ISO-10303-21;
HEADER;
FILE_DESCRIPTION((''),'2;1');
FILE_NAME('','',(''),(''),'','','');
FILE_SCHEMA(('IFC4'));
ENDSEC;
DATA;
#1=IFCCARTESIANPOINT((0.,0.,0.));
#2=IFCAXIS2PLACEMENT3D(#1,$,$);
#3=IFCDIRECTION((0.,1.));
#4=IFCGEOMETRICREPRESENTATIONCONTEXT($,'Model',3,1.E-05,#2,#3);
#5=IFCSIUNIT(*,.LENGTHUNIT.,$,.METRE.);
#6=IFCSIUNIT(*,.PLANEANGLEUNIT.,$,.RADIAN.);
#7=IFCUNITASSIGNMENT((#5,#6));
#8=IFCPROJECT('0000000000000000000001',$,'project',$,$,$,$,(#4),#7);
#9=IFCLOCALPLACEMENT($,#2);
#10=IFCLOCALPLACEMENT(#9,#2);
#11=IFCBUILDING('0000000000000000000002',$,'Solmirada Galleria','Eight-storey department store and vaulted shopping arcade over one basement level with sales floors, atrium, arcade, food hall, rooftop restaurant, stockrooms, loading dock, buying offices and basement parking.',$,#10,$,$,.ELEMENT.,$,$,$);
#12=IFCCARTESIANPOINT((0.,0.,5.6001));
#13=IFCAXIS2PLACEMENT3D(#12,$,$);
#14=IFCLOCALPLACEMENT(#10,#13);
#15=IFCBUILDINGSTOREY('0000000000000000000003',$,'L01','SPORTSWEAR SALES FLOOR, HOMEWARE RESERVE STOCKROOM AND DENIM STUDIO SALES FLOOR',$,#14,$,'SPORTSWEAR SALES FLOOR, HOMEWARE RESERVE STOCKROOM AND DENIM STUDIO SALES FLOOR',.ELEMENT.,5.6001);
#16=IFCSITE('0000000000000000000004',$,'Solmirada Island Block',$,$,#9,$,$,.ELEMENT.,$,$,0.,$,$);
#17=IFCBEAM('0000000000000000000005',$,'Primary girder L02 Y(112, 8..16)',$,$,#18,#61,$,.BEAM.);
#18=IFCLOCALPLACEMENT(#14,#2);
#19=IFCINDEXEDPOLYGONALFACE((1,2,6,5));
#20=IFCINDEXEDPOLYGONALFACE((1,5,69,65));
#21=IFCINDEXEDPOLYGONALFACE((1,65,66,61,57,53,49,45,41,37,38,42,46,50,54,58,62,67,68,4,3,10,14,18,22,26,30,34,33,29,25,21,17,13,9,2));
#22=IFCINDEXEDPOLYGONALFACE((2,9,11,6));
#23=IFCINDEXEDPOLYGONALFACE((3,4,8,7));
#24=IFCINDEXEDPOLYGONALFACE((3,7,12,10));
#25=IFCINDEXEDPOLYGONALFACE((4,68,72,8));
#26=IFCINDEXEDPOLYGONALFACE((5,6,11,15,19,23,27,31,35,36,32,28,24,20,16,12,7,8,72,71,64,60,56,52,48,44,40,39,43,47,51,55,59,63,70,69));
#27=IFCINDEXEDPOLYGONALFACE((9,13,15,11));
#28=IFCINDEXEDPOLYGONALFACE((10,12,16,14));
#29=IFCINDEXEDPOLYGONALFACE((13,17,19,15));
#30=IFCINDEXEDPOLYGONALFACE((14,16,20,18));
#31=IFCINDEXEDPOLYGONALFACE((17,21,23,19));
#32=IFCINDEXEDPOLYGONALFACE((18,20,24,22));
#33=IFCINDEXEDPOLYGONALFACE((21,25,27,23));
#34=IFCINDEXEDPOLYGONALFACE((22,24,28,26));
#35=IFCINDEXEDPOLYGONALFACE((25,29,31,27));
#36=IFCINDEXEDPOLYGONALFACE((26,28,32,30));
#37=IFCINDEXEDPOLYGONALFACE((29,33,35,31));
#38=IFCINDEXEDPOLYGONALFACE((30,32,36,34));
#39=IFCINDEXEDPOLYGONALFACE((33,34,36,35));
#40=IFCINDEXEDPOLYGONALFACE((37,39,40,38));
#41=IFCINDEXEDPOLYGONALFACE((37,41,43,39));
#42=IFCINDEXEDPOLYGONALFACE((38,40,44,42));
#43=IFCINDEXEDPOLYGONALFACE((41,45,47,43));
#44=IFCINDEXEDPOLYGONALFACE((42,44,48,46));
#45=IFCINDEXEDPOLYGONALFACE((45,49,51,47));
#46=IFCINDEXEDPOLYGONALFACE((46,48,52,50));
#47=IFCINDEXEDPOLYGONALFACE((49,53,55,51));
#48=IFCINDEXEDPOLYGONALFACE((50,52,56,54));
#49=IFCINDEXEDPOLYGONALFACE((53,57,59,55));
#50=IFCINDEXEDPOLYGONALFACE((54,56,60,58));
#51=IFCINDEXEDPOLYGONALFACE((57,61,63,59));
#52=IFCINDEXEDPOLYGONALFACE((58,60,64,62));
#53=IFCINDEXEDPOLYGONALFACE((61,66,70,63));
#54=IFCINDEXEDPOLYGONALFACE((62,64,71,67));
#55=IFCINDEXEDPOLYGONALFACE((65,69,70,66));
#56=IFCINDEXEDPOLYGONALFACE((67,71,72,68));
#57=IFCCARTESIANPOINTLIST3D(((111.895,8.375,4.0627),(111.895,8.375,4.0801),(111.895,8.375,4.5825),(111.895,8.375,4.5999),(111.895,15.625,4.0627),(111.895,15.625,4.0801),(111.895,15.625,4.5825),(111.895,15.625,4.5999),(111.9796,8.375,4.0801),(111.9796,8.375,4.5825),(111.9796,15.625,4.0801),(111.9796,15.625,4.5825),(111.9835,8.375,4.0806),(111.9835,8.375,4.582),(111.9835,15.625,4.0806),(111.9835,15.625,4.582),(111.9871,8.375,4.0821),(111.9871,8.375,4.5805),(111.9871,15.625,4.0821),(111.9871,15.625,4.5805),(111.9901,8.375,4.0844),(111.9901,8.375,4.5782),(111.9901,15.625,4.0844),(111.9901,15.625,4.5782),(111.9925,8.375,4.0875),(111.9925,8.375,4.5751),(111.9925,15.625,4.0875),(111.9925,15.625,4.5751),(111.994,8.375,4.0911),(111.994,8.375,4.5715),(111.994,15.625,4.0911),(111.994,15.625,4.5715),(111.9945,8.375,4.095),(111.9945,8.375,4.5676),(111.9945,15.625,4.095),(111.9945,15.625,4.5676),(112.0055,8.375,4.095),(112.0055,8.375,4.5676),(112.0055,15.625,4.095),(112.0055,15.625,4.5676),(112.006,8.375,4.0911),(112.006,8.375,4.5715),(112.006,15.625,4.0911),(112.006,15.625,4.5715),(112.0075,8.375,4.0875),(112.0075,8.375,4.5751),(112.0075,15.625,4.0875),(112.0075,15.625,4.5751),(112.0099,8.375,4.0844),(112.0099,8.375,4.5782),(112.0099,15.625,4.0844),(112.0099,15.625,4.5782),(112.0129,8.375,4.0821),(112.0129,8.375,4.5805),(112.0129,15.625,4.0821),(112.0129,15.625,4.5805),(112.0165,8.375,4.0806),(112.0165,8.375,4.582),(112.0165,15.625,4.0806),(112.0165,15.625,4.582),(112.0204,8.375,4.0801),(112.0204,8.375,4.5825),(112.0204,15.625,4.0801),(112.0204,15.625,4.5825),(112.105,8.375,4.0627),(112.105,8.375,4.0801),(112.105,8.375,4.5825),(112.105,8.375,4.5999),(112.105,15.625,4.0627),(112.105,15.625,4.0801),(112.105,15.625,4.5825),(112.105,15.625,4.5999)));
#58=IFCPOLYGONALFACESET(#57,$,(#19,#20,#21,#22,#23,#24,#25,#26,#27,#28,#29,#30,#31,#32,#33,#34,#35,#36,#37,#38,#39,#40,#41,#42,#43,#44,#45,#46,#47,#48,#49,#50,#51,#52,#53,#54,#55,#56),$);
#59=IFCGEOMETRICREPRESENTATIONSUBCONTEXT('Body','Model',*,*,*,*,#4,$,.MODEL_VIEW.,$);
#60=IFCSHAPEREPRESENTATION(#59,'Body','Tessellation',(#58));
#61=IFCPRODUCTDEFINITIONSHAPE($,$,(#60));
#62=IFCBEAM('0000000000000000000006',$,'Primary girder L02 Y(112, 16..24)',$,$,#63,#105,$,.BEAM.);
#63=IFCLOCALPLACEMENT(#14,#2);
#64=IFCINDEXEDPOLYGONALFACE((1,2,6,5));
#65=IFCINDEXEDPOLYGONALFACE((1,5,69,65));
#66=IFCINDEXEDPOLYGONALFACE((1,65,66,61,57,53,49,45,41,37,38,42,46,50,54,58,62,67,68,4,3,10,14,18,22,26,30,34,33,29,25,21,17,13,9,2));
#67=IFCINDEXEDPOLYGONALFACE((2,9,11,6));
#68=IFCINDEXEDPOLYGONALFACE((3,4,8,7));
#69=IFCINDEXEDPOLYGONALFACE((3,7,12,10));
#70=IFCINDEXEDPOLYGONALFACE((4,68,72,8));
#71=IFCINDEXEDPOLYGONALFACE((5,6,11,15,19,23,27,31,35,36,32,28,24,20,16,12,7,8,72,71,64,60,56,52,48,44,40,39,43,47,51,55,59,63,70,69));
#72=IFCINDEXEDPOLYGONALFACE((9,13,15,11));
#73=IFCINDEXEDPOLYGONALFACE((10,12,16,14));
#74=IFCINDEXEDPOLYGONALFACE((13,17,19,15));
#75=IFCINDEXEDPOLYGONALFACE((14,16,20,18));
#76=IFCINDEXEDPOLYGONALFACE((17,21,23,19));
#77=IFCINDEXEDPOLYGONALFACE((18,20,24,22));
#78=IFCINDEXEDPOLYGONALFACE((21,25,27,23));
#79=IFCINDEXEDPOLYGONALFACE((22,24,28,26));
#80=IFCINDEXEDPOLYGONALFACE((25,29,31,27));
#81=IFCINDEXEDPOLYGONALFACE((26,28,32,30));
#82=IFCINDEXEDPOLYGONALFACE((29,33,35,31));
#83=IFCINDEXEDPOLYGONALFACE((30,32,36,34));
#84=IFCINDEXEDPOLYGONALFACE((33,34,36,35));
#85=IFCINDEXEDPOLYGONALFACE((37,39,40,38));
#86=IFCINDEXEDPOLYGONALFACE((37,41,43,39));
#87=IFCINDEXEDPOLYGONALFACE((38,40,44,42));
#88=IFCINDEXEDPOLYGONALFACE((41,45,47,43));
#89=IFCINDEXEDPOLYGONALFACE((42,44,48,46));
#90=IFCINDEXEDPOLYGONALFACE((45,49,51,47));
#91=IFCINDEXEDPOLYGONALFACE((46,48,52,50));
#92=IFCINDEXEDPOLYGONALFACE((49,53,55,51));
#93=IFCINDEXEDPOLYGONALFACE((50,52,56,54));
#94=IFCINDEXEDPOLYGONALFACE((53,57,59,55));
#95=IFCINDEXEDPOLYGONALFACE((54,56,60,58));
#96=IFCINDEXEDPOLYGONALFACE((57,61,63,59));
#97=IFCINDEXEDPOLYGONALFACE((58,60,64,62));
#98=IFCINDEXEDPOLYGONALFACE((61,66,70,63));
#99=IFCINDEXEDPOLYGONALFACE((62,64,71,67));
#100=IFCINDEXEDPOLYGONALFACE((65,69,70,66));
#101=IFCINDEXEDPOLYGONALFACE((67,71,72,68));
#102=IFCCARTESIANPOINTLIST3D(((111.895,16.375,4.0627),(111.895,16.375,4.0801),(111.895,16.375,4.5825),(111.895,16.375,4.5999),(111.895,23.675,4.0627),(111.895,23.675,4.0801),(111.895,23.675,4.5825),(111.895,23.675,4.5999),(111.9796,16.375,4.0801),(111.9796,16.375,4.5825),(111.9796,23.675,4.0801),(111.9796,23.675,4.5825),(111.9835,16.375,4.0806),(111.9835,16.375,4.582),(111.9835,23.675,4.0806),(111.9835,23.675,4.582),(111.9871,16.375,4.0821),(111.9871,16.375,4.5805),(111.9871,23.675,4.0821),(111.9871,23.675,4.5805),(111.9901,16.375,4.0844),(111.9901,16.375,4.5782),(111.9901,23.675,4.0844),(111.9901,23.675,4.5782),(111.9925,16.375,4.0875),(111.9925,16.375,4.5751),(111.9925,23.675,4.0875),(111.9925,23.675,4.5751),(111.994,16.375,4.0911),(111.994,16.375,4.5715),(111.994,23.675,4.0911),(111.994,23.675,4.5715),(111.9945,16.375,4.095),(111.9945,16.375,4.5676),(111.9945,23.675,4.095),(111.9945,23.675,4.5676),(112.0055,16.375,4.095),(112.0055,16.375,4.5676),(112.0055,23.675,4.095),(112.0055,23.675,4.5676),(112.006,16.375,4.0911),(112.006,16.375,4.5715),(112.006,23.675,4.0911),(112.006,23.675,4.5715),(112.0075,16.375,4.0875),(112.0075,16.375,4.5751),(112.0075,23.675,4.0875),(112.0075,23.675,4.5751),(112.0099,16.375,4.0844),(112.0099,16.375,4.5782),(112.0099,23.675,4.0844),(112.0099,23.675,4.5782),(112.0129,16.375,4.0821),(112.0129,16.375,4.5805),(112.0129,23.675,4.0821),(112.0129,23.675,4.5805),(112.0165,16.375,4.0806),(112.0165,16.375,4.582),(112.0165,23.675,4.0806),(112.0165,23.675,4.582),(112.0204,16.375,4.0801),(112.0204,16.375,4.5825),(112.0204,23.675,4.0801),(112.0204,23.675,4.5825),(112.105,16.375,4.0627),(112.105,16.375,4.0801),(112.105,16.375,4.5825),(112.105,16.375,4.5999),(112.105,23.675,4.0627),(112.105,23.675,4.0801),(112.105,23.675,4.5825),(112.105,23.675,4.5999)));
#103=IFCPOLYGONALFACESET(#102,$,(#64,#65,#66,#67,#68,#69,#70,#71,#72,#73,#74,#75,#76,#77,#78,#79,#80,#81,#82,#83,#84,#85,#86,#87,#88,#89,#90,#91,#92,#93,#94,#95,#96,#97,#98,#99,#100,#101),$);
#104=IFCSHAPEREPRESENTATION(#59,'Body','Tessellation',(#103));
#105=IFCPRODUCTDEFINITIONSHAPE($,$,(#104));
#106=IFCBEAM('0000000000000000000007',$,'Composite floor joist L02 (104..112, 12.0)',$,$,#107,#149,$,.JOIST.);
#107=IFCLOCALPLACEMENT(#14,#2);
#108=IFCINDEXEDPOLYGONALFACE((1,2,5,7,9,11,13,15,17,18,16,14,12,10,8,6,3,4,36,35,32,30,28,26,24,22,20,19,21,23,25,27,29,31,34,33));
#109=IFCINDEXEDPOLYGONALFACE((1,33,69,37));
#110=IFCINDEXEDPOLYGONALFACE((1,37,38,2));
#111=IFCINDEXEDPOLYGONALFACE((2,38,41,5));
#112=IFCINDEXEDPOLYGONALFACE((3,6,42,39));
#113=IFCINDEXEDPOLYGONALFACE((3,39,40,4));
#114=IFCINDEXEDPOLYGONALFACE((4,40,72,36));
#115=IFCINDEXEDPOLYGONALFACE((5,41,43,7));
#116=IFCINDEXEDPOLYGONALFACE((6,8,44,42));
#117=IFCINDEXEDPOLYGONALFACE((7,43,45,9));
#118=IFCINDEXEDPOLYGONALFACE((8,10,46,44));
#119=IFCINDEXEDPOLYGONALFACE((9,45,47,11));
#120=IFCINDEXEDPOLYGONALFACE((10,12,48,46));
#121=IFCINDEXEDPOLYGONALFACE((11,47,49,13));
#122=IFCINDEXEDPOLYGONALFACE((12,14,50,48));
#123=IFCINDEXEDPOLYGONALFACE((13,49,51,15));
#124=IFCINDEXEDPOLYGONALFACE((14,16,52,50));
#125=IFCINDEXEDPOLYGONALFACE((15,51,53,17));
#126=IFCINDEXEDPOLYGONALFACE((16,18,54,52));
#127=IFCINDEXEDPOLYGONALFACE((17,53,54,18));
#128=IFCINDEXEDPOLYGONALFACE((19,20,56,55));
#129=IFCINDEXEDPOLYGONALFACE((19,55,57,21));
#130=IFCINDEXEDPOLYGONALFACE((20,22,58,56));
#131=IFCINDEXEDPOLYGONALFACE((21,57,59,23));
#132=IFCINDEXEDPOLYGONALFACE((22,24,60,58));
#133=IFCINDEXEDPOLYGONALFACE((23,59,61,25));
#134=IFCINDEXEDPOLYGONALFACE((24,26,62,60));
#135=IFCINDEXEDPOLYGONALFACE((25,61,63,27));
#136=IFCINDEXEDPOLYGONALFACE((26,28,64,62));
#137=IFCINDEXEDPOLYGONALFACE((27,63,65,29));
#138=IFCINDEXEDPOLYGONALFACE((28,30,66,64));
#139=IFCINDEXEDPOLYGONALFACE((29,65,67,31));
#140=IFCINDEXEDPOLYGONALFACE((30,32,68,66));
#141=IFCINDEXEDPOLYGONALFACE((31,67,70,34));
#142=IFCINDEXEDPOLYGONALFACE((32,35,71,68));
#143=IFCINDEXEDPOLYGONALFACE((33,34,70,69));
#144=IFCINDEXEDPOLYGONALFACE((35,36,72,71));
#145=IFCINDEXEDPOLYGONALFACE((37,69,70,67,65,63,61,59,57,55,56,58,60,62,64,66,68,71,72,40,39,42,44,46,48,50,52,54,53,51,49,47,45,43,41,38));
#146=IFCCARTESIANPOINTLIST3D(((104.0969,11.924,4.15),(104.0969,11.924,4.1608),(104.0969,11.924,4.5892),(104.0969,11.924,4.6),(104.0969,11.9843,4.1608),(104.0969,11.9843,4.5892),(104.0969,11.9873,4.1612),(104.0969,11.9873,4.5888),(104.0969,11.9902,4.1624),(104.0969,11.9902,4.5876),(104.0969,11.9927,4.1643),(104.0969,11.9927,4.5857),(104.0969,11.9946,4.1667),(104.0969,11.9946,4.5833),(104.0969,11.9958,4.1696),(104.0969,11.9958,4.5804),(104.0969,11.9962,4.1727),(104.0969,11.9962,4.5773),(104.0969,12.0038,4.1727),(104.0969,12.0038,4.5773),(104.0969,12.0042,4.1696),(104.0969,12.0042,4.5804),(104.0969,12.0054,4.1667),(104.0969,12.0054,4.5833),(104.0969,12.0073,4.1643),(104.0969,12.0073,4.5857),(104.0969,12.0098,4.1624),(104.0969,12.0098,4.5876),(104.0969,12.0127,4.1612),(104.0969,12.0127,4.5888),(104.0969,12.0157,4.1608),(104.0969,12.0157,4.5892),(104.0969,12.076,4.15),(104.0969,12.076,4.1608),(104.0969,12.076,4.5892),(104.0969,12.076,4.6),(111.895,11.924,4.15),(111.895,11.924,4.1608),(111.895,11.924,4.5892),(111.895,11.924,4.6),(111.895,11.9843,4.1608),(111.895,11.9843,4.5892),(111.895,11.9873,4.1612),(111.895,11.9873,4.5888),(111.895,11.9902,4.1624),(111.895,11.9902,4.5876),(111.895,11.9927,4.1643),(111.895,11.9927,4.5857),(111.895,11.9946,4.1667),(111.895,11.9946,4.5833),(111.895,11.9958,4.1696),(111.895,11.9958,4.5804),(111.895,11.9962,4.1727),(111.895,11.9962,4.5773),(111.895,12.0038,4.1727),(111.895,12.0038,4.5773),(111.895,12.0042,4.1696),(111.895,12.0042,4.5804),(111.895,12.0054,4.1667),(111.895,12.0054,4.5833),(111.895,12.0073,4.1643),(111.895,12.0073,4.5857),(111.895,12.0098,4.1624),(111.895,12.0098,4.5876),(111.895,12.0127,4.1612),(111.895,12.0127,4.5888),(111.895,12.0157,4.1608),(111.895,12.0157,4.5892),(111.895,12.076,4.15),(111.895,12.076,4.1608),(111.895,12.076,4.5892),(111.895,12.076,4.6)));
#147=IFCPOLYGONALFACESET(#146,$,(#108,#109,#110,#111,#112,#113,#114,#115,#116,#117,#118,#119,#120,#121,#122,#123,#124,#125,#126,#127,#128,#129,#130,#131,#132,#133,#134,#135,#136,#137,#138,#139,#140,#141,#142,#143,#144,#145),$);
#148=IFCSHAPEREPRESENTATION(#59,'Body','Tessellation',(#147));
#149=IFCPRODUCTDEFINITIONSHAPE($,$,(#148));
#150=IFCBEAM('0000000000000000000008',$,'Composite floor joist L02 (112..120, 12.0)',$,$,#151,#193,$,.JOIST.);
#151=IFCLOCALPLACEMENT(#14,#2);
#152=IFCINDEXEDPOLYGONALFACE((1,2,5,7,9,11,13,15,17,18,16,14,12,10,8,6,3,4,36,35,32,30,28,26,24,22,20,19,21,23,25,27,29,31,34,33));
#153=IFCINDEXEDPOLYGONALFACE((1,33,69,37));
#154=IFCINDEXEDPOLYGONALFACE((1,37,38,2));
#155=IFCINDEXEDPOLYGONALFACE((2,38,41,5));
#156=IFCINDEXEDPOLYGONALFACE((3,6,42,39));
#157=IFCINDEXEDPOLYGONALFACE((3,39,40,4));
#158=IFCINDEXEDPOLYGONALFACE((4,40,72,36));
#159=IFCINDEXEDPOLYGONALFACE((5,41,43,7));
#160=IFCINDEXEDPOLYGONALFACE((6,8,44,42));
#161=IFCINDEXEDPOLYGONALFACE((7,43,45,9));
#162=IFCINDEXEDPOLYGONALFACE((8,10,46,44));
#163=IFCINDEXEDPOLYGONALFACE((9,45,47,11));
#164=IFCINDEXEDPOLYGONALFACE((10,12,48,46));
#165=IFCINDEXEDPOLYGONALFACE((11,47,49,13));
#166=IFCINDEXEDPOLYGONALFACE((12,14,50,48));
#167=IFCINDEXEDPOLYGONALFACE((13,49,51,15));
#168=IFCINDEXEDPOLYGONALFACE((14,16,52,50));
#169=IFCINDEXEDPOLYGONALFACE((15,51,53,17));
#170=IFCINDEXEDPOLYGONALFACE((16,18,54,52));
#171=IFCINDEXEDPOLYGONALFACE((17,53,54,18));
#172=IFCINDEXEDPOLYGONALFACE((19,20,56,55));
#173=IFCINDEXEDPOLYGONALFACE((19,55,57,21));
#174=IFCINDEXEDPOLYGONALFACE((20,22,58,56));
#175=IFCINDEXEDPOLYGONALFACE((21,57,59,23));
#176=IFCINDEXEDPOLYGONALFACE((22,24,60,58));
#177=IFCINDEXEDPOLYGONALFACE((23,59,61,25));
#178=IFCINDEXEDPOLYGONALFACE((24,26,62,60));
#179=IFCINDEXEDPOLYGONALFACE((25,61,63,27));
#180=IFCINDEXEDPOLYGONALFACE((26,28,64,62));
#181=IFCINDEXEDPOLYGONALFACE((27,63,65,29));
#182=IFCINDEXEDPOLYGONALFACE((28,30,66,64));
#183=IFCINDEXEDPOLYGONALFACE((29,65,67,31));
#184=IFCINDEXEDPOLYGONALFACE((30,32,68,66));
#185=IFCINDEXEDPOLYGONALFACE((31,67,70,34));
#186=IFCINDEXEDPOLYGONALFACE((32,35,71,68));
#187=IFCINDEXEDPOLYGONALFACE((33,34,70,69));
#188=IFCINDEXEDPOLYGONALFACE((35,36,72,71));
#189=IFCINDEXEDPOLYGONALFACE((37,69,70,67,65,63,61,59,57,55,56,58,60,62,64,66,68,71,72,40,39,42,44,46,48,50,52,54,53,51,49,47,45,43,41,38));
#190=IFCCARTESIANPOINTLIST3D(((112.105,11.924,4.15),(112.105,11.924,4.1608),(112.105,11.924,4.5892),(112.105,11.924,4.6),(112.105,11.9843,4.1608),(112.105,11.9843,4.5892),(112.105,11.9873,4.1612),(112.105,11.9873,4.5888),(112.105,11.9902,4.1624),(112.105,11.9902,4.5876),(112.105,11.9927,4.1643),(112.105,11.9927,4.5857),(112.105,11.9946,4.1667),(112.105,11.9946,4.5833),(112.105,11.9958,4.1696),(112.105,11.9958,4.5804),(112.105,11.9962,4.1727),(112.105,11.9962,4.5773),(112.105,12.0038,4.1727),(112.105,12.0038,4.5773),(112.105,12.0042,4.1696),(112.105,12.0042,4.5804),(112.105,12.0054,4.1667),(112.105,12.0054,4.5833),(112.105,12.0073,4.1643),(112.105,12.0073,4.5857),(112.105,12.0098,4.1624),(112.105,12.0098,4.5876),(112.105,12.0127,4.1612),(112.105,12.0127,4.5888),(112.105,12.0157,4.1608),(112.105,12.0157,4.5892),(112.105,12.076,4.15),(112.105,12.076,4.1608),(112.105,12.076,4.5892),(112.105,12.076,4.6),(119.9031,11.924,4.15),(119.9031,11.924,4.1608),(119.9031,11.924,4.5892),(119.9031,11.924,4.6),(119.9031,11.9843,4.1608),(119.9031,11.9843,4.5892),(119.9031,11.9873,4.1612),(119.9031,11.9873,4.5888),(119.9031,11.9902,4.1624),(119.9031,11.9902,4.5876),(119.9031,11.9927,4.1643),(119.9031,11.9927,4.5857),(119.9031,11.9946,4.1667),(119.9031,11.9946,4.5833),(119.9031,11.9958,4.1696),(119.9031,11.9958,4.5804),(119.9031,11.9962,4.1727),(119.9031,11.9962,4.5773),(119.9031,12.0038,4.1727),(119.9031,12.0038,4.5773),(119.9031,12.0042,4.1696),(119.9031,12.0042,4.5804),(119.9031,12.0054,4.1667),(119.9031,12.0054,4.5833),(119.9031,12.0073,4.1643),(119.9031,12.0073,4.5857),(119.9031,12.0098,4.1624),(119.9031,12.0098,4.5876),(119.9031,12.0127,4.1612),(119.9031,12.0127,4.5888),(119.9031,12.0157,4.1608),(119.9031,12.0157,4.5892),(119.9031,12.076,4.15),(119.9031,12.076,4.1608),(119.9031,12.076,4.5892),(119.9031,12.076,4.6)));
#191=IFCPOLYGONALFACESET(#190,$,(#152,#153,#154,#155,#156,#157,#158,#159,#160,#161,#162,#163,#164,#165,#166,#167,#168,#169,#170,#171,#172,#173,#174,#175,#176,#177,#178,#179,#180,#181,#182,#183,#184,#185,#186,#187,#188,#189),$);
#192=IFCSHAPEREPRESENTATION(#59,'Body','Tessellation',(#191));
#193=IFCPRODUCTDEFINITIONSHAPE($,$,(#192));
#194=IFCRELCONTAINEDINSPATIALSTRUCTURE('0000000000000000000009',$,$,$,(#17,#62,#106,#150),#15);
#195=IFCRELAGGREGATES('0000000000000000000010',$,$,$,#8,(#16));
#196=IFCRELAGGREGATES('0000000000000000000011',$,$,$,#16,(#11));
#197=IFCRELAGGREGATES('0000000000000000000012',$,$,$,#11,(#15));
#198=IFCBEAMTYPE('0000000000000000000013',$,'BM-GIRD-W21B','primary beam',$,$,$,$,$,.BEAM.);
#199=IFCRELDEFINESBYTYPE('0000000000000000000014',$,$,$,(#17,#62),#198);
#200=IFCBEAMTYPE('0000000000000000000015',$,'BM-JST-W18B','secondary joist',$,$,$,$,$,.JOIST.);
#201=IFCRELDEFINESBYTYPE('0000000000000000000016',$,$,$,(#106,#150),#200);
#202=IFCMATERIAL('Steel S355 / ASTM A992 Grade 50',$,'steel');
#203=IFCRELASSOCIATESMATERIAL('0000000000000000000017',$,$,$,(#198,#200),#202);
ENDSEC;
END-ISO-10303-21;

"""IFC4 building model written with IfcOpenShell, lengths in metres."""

from ifc_helpers import new_model, si_unit, direction, frame, origin, origin_2d, place, context, subcontext, project, spatial, i_section, extrude, material, material_profile, profile_set, type_object, element, save


model = new_model("IFC4")

# Units and contexts
model_context = context("Model", 3, precision=1e-05, world=origin(), true_north=direction((0.0, 1.0)))
body_context = subcontext(model_context, "Body", "Model", "MODEL_VIEW")
ifc_project = project(units=[si_unit("LENGTHUNIT", "METRE"), si_unit("PLANEANGLEUNIT", "RADIAN")], contexts=[model_context])

# Site, building, storey
site_placement = place(None, origin())
site = spatial("IfcSite", under=ifc_project, at=site_placement, Name="Solmirada Island Block", CompositionType="ELEMENT", RefElevation=0.0)
building_placement = place(site_placement, origin())
building = spatial("IfcBuilding", under=site, at=building_placement, Name="Solmirada Galleria", Description="Eight-storey department store and vaulted shopping arcade over one basement level with sales floors, atrium, arcade, food hall, rooftop restaurant, stockrooms, loading dock, buying offices and basement parking.", CompositionType="ELEMENT")
storey_placement = place(building_placement, frame((0.0, 0.0, 5.6001)))
storey = spatial("IfcBuildingStorey", under=building, at=storey_placement, Name="L01", Description="SPORTSWEAR SALES FLOOR, HOMEWARE RESERVE STOCKROOM AND DENIM STUDIO SALES FLOOR", LongName="SPORTSWEAR SALES FLOOR, HOMEWARE RESERVE STOCKROOM AND DENIM STUDIO SALES FLOOR", CompositionType="ELEMENT", Elevation=5.6001)

# Beams
ifc_material_1 = material(Name="Steel S355 / ASTM A992 Grade 50", Category="steel")
ifc_material_profile_1 = material_profile(ifc_material_1, i_section(OverallWidth=0.21, OverallDepth=0.5371, WebThickness=0.011, FlangeThickness=0.0173, FilletRadius=0.0149, at=origin_2d()), Name="W21X68")
ifc_profile_set_1 = profile_set([ifc_material_profile_1], Name="Steel S355 / ASTM A992 Grade 50")
beam_type_1 = type_object("IfcBeamType", Name="BM-GIRD-W21B", Description="primary beam", PredefinedType="BEAM", material=ifc_profile_set_1)
beam_1_placement = place(storey_placement, frame((112.0, 8.375, 4.3313), z_axis=(0.0, 1.0, 0.0), x_axis=(-1.0, 0.0, 0.0)))
element("IfcBeam", 1, at=beam_1_placement, inside=storey, type_object=beam_type_1, Name="Primary girder L02 Y(112, 8..16)", PredefinedType="BEAM", context=body_context, shape_type="SweptSolid", body=[
    extrude(i_section(OverallWidth=0.21, OverallDepth=0.5371, WebThickness=0.011, FlangeThickness=0.0173, FilletRadius=0.0149, at=origin_2d()), origin(), (0.0, 0.0, 1.0), 7.25),
])
beam_2_placement = place(storey_placement, frame((112.0, 16.375, 4.3313), z_axis=(0.0, 1.0, 0.0), x_axis=(-1.0, 0.0, 0.0)))
element("IfcBeam", 2, at=beam_2_placement, inside=storey, type_object=beam_type_1, Name="Primary girder L02 Y(112, 16..24)", PredefinedType="BEAM", context=body_context, shape_type="SweptSolid", body=[
    extrude(i_section(OverallWidth=0.21, OverallDepth=0.5371, WebThickness=0.011, FlangeThickness=0.0173, FilletRadius=0.0149, at=origin_2d()), origin(), (0.0, 0.0, 1.0), 7.3),
])
ifc_material_profile_2 = material_profile(ifc_material_1, i_section(OverallWidth=0.1521, OverallDepth=0.45, WebThickness=0.0076, FlangeThickness=0.0107, FilletRadius=0.012, at=origin_2d()), Name="W18X35")
ifc_profile_set_2 = profile_set([ifc_material_profile_2], Name="Steel S355 / ASTM A992 Grade 50")
beam_type_2 = type_object("IfcBeamType", Name="BM-JST-W18B", Description="secondary joist", PredefinedType="JOIST", material=ifc_profile_set_2)
for number, where, z_axis, x_axis, name in (
    (3, (104.0969, 12.0, 4.375), (1.0, 0.0, 0.0), (0.0, 1.0, 0.0), "Composite floor joist L02 (104..112, 12.0)"),
    (4, (112.105, 12.0, 4.375), (1.0, 0.0, 0.0), (0.0, 1.0, 0.0), "Composite floor joist L02 (112..120, 12.0)"),
):
    element("IfcBeam", number, at=place(storey_placement, frame(where, z_axis=z_axis, x_axis=x_axis)), inside=storey, type_object=beam_type_2, Name=name, PredefinedType="JOIST", context=body_context, shape_type="SweptSolid", body=[
        extrude(i_section(OverallWidth=0.1521, OverallDepth=0.45, WebThickness=0.0076, FlangeThickness=0.0107, FilletRadius=0.012, at=origin_2d()), origin(), (0.0, 0.0, 1.0), 7.7981),
    ])

save(model, "model.ifc")
